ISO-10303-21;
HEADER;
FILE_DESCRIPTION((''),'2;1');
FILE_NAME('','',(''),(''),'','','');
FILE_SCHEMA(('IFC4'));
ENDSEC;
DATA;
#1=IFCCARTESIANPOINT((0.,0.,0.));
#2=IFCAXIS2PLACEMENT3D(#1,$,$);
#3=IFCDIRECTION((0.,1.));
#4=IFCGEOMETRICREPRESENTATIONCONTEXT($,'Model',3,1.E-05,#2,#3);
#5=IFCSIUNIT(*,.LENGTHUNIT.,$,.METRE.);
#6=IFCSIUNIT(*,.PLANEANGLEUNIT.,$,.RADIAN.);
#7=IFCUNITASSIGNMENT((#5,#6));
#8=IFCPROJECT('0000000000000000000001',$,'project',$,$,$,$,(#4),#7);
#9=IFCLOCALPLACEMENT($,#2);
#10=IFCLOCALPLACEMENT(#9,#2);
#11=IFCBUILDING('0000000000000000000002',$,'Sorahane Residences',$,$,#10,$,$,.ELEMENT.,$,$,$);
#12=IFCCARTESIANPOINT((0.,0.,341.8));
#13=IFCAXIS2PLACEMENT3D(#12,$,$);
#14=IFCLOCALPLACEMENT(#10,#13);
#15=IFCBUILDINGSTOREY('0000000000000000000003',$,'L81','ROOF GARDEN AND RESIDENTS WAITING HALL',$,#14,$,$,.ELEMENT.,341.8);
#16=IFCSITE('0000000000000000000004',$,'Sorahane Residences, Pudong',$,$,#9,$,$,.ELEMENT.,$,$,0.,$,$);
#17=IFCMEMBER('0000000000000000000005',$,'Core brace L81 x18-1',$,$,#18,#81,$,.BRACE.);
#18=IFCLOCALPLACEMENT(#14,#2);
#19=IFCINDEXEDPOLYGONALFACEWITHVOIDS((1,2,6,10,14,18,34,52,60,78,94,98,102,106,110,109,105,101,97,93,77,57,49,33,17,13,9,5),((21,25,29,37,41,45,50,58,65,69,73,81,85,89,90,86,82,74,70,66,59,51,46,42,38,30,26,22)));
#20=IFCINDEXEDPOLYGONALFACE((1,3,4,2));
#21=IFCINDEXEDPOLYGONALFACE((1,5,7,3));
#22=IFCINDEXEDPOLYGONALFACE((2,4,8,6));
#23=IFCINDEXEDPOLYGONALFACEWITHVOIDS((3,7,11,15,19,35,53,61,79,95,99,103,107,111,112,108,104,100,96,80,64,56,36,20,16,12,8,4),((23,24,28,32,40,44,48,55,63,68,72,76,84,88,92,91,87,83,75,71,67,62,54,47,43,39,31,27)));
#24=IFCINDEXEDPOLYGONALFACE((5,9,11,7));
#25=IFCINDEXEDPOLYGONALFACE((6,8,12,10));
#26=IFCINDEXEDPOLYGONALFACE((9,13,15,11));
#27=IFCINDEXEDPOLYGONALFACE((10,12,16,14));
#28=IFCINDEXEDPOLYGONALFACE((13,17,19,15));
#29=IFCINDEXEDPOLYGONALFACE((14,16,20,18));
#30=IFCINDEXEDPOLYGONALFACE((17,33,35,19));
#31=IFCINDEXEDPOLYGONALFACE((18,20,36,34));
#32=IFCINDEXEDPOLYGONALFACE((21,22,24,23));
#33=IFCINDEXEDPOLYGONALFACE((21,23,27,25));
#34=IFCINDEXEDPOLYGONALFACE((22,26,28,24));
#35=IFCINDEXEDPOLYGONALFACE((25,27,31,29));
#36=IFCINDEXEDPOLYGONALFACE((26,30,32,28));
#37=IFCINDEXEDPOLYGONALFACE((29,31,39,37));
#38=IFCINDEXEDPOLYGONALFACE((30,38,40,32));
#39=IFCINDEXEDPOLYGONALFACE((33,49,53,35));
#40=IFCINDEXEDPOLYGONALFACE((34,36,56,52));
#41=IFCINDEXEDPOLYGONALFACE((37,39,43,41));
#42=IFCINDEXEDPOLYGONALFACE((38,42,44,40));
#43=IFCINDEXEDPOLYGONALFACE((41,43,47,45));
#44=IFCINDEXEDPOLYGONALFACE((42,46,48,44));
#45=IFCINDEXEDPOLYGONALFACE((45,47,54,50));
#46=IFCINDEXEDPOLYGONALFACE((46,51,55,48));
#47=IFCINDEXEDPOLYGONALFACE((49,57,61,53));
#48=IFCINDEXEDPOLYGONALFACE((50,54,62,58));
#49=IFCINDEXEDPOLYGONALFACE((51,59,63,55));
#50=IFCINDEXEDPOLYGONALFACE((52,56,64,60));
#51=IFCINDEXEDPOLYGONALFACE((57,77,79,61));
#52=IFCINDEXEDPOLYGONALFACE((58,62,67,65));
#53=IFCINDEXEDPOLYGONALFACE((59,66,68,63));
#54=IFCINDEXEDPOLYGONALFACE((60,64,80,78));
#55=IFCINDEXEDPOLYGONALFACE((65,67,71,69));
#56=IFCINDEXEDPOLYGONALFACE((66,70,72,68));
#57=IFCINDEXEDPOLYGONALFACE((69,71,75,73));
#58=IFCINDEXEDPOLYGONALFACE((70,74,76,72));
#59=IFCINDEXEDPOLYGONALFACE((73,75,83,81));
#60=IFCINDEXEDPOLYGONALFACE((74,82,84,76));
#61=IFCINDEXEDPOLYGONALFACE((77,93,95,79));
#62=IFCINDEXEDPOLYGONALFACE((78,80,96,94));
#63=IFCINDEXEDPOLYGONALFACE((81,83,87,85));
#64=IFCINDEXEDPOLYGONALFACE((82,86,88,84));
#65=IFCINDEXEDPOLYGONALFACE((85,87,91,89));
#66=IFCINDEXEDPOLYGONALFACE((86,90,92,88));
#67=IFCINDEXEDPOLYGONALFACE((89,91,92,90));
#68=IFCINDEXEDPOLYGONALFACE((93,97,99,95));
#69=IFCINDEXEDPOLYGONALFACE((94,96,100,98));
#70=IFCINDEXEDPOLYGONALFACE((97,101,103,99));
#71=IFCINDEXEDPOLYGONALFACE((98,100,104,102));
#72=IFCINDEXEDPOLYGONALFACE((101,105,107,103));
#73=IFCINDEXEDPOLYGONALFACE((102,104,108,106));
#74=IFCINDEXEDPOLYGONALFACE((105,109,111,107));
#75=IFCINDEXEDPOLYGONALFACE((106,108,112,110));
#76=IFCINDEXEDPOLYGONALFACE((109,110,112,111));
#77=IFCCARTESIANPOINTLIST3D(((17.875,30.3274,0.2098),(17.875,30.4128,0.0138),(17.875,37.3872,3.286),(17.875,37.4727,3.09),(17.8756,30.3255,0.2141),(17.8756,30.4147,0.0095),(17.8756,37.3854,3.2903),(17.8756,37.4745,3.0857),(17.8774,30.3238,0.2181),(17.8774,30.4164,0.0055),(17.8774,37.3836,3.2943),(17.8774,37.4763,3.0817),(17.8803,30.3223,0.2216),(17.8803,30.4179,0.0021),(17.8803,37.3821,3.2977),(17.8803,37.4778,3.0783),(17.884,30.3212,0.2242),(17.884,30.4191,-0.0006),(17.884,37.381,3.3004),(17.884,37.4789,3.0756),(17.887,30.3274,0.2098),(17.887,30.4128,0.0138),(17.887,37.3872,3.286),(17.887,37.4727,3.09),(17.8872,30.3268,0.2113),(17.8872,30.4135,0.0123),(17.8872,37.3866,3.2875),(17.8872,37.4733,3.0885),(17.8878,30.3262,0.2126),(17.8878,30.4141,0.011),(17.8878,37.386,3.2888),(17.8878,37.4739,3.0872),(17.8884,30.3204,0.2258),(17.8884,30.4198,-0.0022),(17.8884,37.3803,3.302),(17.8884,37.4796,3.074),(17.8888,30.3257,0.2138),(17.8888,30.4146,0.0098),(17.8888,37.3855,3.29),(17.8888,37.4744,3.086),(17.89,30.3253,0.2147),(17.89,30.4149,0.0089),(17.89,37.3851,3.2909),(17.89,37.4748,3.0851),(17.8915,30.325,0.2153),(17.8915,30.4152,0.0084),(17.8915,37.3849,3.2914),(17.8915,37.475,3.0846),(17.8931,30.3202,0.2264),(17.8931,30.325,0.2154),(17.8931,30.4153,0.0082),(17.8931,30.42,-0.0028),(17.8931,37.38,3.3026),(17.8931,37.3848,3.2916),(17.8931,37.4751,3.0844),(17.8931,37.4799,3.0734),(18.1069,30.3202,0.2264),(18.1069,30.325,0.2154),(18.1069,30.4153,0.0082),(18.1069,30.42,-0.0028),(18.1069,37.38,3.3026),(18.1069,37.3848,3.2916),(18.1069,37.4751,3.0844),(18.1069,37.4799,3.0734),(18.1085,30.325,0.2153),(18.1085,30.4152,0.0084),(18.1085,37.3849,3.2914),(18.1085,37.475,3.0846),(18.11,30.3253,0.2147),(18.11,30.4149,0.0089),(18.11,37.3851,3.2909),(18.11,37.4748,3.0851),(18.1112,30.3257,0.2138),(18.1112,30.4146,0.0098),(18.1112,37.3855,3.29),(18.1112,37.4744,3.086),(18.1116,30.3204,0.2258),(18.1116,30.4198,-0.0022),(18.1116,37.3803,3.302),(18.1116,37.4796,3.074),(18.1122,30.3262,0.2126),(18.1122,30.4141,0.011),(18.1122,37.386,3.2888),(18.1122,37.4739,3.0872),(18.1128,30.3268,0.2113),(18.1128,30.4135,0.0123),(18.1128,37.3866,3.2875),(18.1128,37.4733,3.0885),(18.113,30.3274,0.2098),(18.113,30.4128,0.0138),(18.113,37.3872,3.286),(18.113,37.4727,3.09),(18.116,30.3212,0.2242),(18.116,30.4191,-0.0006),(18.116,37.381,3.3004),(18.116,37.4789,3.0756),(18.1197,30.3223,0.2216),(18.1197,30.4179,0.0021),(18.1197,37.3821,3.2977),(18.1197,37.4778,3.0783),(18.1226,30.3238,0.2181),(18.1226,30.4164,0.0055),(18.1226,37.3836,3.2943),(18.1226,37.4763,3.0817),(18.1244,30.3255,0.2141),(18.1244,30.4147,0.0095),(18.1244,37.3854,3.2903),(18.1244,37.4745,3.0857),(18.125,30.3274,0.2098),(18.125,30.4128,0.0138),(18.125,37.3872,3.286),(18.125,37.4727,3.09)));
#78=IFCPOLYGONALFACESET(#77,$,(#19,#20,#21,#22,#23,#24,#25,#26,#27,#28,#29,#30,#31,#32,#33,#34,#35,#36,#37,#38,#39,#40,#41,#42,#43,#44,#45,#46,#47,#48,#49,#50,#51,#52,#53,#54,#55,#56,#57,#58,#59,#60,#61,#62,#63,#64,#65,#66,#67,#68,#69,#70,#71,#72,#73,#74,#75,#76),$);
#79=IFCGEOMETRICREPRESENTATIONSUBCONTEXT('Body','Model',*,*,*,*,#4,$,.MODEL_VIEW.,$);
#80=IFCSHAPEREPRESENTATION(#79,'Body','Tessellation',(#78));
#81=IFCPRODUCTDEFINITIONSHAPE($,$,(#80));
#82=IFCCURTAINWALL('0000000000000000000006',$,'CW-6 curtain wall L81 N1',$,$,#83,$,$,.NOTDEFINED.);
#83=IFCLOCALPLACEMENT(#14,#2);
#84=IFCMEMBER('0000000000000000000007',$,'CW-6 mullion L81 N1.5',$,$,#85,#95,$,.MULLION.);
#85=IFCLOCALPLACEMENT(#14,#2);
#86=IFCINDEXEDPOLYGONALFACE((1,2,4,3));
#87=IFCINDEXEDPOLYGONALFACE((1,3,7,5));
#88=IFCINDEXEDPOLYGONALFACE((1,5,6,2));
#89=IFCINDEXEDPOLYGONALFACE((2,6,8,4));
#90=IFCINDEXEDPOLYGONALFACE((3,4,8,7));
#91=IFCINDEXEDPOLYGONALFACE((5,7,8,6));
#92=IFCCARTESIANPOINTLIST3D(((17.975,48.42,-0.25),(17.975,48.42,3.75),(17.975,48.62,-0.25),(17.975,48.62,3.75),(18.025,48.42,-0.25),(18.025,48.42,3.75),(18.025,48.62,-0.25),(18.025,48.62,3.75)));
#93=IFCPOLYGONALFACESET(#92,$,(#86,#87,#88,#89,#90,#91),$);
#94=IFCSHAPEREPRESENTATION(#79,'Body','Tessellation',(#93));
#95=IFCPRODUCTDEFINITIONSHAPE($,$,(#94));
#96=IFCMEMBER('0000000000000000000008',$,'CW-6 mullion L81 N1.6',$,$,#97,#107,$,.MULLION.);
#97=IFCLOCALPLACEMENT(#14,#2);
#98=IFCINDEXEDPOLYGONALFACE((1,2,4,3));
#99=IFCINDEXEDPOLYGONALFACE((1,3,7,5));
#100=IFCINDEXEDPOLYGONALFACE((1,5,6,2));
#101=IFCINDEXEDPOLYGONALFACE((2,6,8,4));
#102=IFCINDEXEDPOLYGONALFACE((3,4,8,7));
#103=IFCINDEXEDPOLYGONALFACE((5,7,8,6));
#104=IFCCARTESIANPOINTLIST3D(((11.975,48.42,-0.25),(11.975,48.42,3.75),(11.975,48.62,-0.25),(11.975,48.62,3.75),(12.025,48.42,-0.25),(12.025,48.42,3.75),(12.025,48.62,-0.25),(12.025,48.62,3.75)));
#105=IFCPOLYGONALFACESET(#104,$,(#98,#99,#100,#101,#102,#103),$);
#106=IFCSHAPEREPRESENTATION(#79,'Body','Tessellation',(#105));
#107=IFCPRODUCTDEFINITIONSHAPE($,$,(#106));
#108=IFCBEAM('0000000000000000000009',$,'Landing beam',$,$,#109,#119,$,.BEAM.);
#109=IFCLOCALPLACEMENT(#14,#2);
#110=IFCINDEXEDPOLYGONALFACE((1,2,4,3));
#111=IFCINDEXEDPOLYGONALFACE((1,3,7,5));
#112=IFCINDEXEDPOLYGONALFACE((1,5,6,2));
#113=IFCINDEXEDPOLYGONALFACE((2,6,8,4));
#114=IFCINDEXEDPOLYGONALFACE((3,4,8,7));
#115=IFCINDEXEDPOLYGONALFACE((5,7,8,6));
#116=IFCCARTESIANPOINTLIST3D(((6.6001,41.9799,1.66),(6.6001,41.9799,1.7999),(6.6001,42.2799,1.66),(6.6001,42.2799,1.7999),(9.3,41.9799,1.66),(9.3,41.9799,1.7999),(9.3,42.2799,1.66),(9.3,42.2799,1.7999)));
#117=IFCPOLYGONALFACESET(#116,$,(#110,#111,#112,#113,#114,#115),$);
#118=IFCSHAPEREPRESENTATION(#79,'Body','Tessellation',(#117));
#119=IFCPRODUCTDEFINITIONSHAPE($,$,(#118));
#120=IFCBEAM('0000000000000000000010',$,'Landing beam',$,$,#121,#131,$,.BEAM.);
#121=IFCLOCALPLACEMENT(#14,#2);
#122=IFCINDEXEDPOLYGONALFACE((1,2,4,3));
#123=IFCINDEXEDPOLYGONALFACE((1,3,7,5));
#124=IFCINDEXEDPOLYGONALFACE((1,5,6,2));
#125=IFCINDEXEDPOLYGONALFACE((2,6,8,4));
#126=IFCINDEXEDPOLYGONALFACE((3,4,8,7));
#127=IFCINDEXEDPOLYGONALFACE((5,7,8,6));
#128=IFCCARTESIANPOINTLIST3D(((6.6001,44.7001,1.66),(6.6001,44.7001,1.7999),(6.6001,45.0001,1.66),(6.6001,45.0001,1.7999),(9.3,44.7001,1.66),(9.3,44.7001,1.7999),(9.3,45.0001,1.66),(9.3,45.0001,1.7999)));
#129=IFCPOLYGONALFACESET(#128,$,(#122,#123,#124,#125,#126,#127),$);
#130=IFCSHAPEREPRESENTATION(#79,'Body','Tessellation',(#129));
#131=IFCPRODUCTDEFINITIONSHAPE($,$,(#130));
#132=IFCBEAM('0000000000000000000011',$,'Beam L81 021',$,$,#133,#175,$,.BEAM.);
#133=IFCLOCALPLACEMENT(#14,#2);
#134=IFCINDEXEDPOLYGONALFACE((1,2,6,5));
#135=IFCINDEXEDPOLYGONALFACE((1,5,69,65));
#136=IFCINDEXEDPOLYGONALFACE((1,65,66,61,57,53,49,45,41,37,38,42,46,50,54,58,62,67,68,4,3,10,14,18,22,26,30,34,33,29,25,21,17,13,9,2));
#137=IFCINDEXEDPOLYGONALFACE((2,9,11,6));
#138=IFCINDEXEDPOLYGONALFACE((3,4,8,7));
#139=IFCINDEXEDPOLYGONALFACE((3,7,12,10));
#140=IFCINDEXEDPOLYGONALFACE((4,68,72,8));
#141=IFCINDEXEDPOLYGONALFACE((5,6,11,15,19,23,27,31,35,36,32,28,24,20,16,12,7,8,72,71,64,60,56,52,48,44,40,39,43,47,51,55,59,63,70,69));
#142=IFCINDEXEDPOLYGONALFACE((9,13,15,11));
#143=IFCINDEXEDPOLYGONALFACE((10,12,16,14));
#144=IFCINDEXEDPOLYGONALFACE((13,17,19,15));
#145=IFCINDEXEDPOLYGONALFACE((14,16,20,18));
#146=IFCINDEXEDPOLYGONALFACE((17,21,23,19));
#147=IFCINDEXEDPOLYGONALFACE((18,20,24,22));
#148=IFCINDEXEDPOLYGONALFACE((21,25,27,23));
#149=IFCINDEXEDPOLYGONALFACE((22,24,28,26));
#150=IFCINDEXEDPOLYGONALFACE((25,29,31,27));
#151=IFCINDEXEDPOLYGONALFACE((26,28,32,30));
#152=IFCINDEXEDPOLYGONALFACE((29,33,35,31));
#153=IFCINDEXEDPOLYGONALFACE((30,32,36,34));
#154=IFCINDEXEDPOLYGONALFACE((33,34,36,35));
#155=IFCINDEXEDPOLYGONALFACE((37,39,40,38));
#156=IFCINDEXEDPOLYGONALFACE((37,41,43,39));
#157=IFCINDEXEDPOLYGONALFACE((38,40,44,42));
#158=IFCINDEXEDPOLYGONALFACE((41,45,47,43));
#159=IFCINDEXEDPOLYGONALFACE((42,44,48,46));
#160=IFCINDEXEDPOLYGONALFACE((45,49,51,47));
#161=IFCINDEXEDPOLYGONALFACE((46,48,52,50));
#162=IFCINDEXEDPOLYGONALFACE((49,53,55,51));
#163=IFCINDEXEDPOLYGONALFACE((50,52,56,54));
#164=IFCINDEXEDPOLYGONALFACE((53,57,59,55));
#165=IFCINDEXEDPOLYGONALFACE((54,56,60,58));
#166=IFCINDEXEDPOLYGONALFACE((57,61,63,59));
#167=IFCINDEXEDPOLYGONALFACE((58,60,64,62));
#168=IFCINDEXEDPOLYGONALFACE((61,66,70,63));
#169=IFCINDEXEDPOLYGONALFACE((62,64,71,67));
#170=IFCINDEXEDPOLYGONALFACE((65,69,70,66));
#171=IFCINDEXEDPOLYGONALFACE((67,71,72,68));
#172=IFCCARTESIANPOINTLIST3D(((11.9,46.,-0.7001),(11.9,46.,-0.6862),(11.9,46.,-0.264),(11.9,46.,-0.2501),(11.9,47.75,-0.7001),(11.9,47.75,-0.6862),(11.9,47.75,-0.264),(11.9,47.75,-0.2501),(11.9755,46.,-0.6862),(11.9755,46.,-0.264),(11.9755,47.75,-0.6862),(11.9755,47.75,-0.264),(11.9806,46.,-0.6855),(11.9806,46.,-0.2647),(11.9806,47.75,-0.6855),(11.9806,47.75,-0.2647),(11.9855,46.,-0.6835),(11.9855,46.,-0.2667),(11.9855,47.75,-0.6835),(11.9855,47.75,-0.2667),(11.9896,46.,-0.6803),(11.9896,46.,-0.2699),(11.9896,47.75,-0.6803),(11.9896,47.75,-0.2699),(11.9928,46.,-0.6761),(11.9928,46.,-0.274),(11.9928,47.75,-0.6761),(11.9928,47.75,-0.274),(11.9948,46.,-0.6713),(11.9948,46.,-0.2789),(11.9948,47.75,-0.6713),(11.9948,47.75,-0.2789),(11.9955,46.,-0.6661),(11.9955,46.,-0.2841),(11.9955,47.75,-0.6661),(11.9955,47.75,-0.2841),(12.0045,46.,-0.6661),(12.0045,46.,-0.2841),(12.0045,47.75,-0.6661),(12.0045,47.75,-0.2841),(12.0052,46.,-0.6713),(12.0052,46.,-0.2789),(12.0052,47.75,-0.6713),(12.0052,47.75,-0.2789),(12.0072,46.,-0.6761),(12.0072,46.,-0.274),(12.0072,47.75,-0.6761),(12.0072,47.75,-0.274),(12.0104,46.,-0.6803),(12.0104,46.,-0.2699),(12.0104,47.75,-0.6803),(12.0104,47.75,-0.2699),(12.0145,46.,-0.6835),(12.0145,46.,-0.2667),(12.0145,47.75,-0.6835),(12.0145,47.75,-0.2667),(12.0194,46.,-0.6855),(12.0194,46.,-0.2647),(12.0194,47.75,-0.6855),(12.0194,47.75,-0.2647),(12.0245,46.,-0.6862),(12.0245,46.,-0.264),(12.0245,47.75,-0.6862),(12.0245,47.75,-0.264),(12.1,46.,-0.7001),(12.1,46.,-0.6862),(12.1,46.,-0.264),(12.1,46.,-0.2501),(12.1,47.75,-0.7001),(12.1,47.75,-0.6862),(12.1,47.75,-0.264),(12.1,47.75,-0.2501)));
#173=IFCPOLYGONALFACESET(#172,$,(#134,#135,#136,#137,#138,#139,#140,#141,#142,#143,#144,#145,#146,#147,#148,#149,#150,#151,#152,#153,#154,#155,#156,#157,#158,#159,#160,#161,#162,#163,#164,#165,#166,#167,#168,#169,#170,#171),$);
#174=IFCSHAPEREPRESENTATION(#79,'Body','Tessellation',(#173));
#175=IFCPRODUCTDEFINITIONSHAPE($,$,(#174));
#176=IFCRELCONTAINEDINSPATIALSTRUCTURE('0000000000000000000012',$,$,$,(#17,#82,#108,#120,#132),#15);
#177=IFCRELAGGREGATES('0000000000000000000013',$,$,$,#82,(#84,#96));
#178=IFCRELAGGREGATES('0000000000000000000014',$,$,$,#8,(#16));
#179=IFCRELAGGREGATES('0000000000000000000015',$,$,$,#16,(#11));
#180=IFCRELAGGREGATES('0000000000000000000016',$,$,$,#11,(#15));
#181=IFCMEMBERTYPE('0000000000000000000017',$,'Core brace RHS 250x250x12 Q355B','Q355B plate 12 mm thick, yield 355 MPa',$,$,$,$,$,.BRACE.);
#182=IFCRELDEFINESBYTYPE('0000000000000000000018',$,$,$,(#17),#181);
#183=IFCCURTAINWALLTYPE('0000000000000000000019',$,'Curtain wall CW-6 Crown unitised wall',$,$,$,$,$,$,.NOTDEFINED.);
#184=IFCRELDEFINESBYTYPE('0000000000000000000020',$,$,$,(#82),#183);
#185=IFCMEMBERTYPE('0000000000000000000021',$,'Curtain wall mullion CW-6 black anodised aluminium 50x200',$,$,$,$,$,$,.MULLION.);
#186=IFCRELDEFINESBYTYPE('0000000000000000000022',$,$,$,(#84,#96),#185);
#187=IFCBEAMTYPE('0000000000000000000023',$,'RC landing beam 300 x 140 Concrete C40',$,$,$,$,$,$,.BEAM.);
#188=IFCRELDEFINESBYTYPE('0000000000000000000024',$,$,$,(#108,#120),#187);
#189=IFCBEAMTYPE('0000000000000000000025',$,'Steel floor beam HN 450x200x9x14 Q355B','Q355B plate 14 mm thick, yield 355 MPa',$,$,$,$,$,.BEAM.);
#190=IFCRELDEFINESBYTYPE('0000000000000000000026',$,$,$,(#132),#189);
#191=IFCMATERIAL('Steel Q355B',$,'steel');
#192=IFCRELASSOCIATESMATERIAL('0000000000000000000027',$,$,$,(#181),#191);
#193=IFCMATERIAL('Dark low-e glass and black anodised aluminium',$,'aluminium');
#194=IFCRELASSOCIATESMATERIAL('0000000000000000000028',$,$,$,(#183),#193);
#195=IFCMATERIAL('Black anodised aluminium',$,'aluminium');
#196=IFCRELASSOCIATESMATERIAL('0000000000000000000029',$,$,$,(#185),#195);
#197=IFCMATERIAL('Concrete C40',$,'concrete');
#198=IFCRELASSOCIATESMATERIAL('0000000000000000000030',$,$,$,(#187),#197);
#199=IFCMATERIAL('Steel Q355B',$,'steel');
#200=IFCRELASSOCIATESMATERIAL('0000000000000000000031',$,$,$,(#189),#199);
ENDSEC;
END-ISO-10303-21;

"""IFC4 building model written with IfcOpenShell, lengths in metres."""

from ifc_helpers import new_model, si_unit, direction, frame, origin, origin_2d, place, context, subcontext, project, spatial, rectangle, hollow_rectangle, i_section, extrude, material, material_profile, profile_set, type_object, element, aggregate, save


model = new_model("IFC4")

# Units and contexts
model_context = context("Model", 3, precision=1e-05, world=origin(), true_north=direction((0.0, 1.0)))
body_context = subcontext(model_context, "Body", "Model", "MODEL_VIEW")
ifc_project = project(units=[si_unit("LENGTHUNIT", "METRE"), si_unit("PLANEANGLEUNIT", "RADIAN")], contexts=[model_context])

# Site, building, storey
site_placement = place(None, origin())
site = spatial("IfcSite", under=ifc_project, at=site_placement, Name="Sorahane Residences, Pudong", CompositionType="ELEMENT", RefElevation=0.0)
building_placement = place(site_placement, origin())
building = spatial("IfcBuilding", under=site, at=building_placement, Name="Sorahane Residences", CompositionType="ELEMENT")
storey_placement = place(building_placement, frame((0.0, 0.0, 341.8)))
storey = spatial("IfcBuildingStorey", under=building, at=storey_placement, Name="L81", Description="ROOF GARDEN AND RESIDENTS WAITING HALL", CompositionType="ELEMENT", Elevation=341.8)

# Member
ifc_material_1 = material(Name="Steel Q355B", Category="steel")
ifc_material_profile_1 = material_profile(ifc_material_1, hollow_rectangle(XDim=0.25, YDim=0.25, WallThickness=0.012, InnerFilletRadius=0.0061, OuterFilletRadius=0.0181, at=origin_2d()), Name="RHS 250x250x12")
ifc_profile_set_1 = profile_set([ifc_material_profile_1], Name="Steel Q355B")
member_type_1 = type_object("IfcMemberType", Name="Core brace RHS 250x250x12 Q355B", Description="Q355B plate 12 mm thick, yield 355 MPa", PredefinedType="BRACE", material=ifc_profile_set_1)
member_1_placement = place(storey_placement, frame((18.0, 30.3701, 0.1118), z_axis=(0.0, 0.916752, 0.399456), x_axis=(-1.0, 0.0, 0.0)))
element("IfcMember", 1, at=member_1_placement, inside=storey, type_object=member_type_1, Name="Core brace L81 x18-1", PredefinedType="BRACE", context=body_context, shape_type="SweptSolid", body=[
    extrude(hollow_rectangle(XDim=0.25, YDim=0.25, WallThickness=0.012, InnerFilletRadius=0.0061, OuterFilletRadius=0.0181, at=origin_2d()), origin(), (0.0, 0.0, 1.0), 7.7009),
])

# Curtain wall, members
ifc_material_2 = material(Name="Dark low-e glass and black anodised aluminium", Category="aluminium")
curtain_wall_type = type_object("IfcCurtainWallType", Name="Curtain wall CW-6 Crown unitised wall", PredefinedType="NOTDEFINED", material=ifc_material_2)
curtain_wall_placement = place(storey_placement, origin())
curtain_wall = element("IfcCurtainWall", 2, at=curtain_wall_placement, inside=storey, type_object=curtain_wall_type, Name="CW-6 curtain wall L81 N1", PredefinedType="NOTDEFINED")
ifc_material_3 = material(Name="Black anodised aluminium", Category="aluminium")
ifc_material_profile_2 = material_profile(ifc_material_3, rectangle(XDim=0.2, YDim=0.05, at=origin_2d()), Name="Curtain wall mullion CW-6 black anodised aluminium 50x200")
ifc_profile_set_2 = profile_set([ifc_material_profile_2], Name="Black anodised aluminium")
member_type_2 = type_object("IfcMemberType", Name="Curtain wall mullion CW-6 black anodised aluminium 50x200", PredefinedType="MULLION", material=ifc_profile_set_2)
member_2_placement = place(storey_placement, frame((18.0, 48.52, -0.25), z_axis=(0.0, 0.0, 1.0), x_axis=(0.0, 1.0, 0.0)))
member_2 = element("IfcMember", 3, at=member_2_placement, type_object=member_type_2, Name="CW-6 mullion L81 N1.5", PredefinedType="MULLION", context=body_context, shape_type="SweptSolid", body=[
    extrude(rectangle(XDim=0.2, YDim=0.05, at=origin_2d()), origin(), (0.0, 0.0, 1.0), 4.0),
])
member_3_placement = place(storey_placement, frame((12.0, 48.52, -0.25), z_axis=(0.0, 0.0, 1.0), x_axis=(0.0, 1.0, 0.0)))
member_3 = element("IfcMember", 4, at=member_3_placement, type_object=member_type_2, Name="CW-6 mullion L81 N1.6", PredefinedType="MULLION", context=body_context, shape_type="SweptSolid", body=[
    extrude(rectangle(XDim=0.2, YDim=0.05, at=origin_2d()), origin(), (0.0, 0.0, 1.0), 4.0),
])

# Beams
ifc_material_4 = material(Name="Concrete C40", Category="concrete")
ifc_material_profile_3 = material_profile(ifc_material_4, rectangle(XDim=0.3, YDim=0.1399, at=origin_2d()), Name="300x140")
ifc_profile_set_3 = profile_set([ifc_material_profile_3], Name="Concrete C40")
beam_type_1 = type_object("IfcBeamType", Name="RC landing beam 300 x 140 Concrete C40", PredefinedType="BEAM", material=ifc_profile_set_3)
for number, where, z_axis, x_axis, name in (
    (5, (6.6001, 42.1299, 1.73), (1.0, 0.0, 0.0), (0.0, 1.0, 0.0), "Landing beam"),
    (6, (6.6001, 44.8501, 1.73), (1.0, 0.0, 0.0), (0.0, 1.0, 0.0), "Landing beam"),
):
    element("IfcBeam", number, at=place(storey_placement, frame(where, z_axis=z_axis, x_axis=x_axis)), inside=storey, type_object=beam_type_1, Name=name, PredefinedType="BEAM", context=body_context, shape_type="SweptSolid", body=[
        extrude(rectangle(XDim=0.3, YDim=0.1399, at=origin_2d()), origin(), (0.0, 0.0, 1.0), 2.7),
    ])
ifc_material_5 = material(Name="Steel Q355B", Category="steel")
ifc_material_profile_4 = material_profile(ifc_material_5, i_section(OverallWidth=0.2, OverallDepth=0.45, WebThickness=0.009, FlangeThickness=0.0139, FilletRadius=0.02, at=origin_2d()), Name="HN 450x200x9x14")
ifc_profile_set_4 = profile_set([ifc_material_profile_4], Name="Steel Q355B")
beam_type_2 = type_object("IfcBeamType", Name="Steel floor beam HN 450x200x9x14 Q355B", Description="Q355B plate 14 mm thick, yield 355 MPa", PredefinedType="BEAM", material=ifc_profile_set_4)
beam_1_placement = place(storey_placement, frame((12.0, 46.0, -0.4751), z_axis=(0.0, 1.0, 0.0), x_axis=(-1.0, 0.0, 0.0)))
element("IfcBeam", 7, at=beam_1_placement, inside=storey, type_object=beam_type_2, Name="Beam L81 021", PredefinedType="BEAM", context=body_context, shape_type="SweptSolid", body=[
    extrude(i_section(OverallWidth=0.2, OverallDepth=0.45, WebThickness=0.009, FlangeThickness=0.0139, FilletRadius=0.02, at=origin_2d()), origin(), (0.0, 0.0, 1.0), 1.75),
])

aggregate(curtain_wall, [member_2, member_3])

save(model, "model.ifc")
